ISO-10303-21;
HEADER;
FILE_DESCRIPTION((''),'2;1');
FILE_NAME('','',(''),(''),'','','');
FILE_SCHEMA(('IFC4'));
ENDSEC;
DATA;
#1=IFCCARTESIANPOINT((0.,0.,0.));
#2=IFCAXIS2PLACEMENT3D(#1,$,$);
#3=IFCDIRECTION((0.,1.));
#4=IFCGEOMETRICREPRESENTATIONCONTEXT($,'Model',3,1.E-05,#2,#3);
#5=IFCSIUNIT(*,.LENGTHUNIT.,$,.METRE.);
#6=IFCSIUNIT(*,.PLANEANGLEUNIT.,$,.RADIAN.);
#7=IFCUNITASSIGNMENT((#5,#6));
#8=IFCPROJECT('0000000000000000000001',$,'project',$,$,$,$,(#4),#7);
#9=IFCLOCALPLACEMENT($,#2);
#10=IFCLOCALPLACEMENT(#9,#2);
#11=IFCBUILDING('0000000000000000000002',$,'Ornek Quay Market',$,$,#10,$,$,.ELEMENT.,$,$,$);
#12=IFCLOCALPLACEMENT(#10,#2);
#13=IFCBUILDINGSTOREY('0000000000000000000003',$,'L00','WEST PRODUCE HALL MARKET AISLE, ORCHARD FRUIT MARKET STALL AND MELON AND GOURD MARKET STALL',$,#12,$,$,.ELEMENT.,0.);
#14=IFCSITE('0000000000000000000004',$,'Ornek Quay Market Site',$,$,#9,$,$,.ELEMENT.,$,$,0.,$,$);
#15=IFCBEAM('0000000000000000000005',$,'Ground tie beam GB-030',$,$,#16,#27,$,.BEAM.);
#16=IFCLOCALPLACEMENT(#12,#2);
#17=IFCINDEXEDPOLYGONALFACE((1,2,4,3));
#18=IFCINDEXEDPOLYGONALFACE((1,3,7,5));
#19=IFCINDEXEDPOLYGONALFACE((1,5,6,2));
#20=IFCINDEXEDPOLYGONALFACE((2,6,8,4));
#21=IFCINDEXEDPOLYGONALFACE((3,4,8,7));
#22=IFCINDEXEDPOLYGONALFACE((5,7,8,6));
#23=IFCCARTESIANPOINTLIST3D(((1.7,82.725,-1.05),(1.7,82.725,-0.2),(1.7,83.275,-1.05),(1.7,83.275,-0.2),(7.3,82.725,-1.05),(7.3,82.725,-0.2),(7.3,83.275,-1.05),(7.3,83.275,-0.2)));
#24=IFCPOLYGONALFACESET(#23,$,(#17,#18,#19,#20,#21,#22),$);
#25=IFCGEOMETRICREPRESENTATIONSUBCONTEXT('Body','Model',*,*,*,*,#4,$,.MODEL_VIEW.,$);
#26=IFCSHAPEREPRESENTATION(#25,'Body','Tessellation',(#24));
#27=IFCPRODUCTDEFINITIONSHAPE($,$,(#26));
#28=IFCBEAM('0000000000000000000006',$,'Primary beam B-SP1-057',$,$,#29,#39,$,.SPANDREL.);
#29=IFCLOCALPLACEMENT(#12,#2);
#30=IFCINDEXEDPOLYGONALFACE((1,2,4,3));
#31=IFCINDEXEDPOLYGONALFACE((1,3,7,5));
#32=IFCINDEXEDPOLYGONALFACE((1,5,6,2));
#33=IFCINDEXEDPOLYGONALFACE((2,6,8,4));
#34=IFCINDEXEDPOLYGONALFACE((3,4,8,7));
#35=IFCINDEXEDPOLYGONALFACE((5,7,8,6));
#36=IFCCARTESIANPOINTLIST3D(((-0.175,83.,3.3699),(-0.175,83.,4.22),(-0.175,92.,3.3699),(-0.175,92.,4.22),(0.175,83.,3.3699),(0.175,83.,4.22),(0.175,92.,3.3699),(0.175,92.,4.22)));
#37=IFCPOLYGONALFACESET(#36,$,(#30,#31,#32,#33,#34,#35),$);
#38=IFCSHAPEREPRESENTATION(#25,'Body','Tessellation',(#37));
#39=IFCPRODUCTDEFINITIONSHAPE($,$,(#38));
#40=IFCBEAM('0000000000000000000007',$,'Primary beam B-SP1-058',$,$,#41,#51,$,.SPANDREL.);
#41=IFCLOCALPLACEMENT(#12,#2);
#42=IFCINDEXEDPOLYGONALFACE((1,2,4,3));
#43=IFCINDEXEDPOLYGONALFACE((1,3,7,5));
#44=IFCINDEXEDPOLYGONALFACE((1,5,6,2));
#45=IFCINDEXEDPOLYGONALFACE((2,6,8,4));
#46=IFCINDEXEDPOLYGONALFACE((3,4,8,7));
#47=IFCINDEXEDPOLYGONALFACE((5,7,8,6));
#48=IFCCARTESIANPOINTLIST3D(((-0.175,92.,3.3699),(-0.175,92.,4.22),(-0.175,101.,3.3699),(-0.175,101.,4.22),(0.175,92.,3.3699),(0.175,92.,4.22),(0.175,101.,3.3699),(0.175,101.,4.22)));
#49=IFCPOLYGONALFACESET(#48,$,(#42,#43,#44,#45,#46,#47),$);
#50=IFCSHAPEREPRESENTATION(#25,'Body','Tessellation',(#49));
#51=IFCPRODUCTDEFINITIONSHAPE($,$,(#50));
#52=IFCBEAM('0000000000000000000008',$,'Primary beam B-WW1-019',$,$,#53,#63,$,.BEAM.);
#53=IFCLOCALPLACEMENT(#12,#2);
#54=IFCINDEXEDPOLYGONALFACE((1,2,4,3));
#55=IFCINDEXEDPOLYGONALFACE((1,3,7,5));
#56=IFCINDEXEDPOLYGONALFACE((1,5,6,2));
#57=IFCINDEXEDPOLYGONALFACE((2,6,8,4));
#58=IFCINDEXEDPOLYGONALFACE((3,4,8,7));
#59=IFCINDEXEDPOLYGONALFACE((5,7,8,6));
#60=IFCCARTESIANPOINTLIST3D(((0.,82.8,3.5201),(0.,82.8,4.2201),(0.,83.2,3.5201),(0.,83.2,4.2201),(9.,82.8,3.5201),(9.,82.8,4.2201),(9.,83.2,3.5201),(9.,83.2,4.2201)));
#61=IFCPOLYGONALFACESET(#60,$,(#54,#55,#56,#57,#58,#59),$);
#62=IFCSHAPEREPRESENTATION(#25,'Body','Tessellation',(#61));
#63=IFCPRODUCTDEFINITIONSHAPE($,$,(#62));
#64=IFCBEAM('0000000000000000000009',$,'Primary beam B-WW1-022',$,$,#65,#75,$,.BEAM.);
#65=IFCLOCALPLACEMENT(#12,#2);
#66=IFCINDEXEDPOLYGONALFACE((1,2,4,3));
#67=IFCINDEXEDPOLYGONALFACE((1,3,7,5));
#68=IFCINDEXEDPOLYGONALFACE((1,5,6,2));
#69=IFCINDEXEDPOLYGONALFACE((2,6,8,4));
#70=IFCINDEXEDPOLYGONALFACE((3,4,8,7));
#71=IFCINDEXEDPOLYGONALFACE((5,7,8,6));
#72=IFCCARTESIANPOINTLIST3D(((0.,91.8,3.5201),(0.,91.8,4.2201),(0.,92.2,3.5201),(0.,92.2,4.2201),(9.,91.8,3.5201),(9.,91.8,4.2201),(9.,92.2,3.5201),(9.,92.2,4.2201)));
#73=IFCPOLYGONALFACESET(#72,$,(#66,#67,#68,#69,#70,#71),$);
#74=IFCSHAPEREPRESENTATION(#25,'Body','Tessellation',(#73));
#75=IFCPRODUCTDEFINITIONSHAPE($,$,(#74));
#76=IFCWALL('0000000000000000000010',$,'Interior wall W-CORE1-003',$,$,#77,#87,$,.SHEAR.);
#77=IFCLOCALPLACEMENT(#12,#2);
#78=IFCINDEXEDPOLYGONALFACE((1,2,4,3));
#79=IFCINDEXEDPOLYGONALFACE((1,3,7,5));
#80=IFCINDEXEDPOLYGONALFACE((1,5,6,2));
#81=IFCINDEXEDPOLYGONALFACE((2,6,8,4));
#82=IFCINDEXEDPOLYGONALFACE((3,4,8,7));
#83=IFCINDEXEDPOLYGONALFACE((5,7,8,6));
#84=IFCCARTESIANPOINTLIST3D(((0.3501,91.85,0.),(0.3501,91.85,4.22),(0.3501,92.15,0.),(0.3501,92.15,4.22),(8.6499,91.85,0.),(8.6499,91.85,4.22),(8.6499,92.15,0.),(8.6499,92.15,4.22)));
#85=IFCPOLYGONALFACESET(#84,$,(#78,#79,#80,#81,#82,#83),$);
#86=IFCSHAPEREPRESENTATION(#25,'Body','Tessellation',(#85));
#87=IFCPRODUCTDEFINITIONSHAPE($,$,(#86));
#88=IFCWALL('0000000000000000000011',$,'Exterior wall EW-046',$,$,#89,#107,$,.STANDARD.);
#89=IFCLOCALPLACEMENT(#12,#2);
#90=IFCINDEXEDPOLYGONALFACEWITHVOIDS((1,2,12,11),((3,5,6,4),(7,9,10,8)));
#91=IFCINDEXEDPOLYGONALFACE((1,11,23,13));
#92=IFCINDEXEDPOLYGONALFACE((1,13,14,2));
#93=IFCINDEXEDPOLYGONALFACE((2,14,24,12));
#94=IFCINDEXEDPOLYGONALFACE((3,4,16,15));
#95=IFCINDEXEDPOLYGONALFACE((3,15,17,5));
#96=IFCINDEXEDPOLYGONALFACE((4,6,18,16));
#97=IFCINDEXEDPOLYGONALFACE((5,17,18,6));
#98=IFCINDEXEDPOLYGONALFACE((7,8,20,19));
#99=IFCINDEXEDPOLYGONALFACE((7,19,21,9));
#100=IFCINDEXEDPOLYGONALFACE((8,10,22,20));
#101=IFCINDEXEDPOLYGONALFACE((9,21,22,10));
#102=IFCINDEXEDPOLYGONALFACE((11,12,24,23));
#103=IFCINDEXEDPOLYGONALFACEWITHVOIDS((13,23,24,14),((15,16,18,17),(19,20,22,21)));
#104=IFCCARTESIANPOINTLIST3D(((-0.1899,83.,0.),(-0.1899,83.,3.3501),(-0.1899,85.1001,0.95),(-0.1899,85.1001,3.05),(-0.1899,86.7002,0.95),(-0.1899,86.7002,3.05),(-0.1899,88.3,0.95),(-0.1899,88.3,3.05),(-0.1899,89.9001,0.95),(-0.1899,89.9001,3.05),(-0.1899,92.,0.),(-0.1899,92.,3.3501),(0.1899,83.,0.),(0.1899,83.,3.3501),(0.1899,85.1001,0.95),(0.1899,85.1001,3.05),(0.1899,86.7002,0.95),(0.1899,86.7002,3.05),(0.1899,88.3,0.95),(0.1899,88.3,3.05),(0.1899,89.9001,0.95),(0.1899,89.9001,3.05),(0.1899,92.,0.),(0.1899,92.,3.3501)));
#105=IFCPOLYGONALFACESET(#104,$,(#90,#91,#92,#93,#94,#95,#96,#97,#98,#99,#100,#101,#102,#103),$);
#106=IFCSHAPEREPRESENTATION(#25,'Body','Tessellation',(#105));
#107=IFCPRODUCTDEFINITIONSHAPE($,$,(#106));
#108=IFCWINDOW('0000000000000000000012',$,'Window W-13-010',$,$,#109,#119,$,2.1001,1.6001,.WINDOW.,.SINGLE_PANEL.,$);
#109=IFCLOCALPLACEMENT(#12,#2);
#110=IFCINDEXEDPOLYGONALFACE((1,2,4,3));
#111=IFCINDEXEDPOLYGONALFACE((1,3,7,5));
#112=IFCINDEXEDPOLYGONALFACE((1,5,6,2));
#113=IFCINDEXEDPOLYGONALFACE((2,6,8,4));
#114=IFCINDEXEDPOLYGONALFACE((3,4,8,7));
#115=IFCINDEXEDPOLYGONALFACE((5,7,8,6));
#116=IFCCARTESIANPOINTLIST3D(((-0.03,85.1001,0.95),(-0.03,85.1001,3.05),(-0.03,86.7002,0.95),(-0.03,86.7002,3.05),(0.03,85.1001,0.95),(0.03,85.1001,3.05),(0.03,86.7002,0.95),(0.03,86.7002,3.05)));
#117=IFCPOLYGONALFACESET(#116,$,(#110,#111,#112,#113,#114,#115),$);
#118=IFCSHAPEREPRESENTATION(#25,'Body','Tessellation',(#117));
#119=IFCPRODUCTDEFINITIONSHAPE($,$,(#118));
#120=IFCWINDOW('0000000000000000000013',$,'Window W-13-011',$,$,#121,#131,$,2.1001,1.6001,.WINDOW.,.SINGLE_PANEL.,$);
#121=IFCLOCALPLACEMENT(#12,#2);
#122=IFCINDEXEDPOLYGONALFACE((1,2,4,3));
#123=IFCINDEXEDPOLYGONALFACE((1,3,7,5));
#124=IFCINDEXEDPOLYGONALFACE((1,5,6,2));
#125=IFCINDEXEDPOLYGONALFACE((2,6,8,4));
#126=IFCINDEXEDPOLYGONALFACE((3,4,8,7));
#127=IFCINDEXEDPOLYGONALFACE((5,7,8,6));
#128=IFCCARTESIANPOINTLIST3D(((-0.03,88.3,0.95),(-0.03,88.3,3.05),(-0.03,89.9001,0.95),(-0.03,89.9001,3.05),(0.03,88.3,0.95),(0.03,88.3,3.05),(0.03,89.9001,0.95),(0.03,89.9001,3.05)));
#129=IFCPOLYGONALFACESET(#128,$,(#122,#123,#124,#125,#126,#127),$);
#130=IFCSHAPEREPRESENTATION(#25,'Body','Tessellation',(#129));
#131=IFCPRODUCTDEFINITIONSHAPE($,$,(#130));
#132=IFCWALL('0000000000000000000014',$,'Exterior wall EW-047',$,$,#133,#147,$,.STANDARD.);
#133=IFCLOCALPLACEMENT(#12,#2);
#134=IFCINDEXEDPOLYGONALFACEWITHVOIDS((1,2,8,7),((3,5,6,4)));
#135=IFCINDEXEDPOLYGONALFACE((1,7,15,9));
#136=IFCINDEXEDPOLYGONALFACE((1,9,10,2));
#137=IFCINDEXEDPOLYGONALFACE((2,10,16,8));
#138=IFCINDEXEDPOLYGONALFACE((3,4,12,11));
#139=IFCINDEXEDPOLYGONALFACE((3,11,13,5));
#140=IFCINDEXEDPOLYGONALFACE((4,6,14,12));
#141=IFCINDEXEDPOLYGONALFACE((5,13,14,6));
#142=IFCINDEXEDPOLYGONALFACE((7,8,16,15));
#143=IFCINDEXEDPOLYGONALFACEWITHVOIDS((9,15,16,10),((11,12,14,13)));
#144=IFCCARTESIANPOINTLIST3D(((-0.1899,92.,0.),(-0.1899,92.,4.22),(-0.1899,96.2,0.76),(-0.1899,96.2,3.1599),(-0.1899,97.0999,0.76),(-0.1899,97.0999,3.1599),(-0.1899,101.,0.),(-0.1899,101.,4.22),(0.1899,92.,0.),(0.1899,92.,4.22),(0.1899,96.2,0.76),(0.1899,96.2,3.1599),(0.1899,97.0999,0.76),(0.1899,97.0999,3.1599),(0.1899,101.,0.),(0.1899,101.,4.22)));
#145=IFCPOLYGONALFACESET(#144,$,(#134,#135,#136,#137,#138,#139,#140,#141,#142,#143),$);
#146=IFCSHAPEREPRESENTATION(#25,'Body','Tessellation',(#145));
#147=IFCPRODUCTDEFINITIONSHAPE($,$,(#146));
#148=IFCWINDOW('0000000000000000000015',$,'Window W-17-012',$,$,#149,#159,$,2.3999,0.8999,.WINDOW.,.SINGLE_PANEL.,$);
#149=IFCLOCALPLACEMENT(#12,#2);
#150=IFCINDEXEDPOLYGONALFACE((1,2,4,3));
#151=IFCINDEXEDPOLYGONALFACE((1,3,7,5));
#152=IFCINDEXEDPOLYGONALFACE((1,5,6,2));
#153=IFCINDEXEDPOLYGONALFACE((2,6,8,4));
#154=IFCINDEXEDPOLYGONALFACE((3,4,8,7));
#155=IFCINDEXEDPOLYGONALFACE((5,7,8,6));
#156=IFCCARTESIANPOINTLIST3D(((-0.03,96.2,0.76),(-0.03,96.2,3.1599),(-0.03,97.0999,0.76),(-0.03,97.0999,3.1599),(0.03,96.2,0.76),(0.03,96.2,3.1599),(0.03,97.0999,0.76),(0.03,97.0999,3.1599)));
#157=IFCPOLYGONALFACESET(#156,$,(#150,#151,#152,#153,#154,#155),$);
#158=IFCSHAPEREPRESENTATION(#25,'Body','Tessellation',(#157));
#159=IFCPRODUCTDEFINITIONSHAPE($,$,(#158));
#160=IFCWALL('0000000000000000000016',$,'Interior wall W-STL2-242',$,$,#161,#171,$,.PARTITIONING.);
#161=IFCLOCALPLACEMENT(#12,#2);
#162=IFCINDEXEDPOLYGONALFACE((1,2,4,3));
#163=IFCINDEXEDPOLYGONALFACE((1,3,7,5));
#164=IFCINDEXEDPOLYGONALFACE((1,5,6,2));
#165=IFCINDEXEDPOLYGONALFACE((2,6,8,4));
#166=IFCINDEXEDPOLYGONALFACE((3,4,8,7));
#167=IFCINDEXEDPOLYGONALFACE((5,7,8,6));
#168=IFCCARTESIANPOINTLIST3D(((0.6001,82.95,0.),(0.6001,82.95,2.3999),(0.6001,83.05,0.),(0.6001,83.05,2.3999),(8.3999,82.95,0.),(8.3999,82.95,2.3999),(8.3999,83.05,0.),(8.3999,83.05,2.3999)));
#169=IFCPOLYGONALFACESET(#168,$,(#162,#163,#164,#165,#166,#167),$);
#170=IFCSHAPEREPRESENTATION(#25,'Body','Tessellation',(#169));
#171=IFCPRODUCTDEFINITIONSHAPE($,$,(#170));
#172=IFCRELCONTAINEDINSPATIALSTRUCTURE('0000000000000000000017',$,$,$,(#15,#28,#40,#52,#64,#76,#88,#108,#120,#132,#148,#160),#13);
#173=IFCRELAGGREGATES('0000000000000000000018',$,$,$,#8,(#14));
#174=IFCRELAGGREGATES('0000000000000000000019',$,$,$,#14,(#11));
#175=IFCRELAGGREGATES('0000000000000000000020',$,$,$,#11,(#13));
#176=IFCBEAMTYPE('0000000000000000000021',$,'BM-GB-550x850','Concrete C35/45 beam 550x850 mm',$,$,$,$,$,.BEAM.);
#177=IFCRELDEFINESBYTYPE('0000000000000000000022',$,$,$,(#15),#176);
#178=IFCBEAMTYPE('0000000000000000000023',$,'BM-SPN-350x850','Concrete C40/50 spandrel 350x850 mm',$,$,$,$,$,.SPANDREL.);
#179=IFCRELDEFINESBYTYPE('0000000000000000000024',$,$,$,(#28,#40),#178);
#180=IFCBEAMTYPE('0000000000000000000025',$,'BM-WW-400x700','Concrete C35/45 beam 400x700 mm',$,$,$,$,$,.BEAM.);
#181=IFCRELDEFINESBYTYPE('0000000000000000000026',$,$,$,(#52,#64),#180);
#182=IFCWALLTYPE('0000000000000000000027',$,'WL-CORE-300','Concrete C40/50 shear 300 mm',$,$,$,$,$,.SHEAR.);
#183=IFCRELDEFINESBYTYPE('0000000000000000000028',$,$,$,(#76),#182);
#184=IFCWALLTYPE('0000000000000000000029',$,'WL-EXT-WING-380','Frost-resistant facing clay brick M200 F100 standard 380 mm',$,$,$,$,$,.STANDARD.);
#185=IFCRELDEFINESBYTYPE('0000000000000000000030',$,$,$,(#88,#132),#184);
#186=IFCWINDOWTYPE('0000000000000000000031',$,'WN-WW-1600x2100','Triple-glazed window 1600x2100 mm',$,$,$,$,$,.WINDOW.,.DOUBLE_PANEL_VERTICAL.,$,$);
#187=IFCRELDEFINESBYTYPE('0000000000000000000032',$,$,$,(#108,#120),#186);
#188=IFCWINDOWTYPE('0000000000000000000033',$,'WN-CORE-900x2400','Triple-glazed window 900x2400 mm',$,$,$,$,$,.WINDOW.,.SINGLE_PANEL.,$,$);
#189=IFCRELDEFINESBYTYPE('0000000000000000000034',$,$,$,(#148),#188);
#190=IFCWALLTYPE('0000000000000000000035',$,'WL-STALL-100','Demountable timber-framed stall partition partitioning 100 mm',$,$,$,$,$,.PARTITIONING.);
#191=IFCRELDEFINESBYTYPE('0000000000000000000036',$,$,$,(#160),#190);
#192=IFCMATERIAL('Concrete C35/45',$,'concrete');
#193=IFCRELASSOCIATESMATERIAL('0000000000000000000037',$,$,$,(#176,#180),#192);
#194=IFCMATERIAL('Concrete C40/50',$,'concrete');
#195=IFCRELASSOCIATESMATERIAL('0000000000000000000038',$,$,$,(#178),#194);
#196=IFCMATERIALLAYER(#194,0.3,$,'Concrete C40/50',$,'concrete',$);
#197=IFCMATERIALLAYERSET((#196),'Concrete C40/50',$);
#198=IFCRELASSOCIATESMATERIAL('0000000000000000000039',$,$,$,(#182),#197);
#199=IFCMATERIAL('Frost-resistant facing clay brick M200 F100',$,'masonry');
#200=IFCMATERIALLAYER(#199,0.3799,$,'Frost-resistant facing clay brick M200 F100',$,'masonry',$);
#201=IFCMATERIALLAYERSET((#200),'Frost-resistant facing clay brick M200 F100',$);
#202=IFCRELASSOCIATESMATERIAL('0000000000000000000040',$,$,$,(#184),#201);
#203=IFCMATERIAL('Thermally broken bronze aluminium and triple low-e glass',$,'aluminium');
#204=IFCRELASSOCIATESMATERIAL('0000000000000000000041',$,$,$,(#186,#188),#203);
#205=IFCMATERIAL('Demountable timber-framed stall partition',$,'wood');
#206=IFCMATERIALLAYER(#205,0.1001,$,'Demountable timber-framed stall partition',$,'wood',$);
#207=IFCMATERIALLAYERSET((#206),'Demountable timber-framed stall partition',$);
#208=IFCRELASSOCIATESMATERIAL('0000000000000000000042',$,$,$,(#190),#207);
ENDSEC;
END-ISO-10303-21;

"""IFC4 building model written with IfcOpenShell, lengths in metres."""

from ifc_helpers import new_model, si_unit, direction, frame, frame_2d, origin, origin_2d, place, context, subcontext, project, spatial, rectangle, extrude, material, layer, layer_set, material_profile, profile_set, type_object, element, fill, save


model = new_model("IFC4")

# Units and contexts
model_context = context("Model", 3, precision=1e-05, world=origin(), true_north=direction((0.0, 1.0)))
body_context = subcontext(model_context, "Body", "Model", "MODEL_VIEW")
ifc_project = project(units=[si_unit("LENGTHUNIT", "METRE"), si_unit("PLANEANGLEUNIT", "RADIAN")], contexts=[model_context])

# Site, building, storey
site_placement = place(None, origin())
site = spatial("IfcSite", under=ifc_project, at=site_placement, Name="Ornek Quay Market Site", CompositionType="ELEMENT", RefElevation=0.0)
building_placement = place(site_placement, origin())
building = spatial("IfcBuilding", under=site, at=building_placement, Name="Ornek Quay Market", CompositionType="ELEMENT")
storey_placement = place(building_placement, origin())
storey = spatial("IfcBuildingStorey", under=building, at=storey_placement, Name="L00", Description="WEST PRODUCE HALL MARKET AISLE, ORCHARD FRUIT MARKET STALL AND MELON AND GOURD MARKET STALL", CompositionType="ELEMENT", Elevation=0.0)

# Shared definitions
ifc_material_1 = material(Name="Concrete C35/45", Category="concrete")

# Shared definitions
ifc_material_2 = material(Name="Concrete C40/50", Category="concrete")

# Beams
ifc_material_profile_1 = material_profile(ifc_material_1, rectangle(XDim=0.55, YDim=0.8501, at=origin_2d()), Name="RC 550x850", Category="concrete")
ifc_profile_set_1 = profile_set([ifc_material_profile_1], Name="Concrete C35/45")
beam_type_1 = type_object("IfcBeamType", Name="BM-GB-550x850", Description="Concrete C35/45 beam 550x850 mm", PredefinedType="BEAM", material=ifc_profile_set_1)
beam_placement = place(storey_placement, frame((1.7, 83.0, -0.625), z_axis=(1.0, 0.0, 0.0), x_axis=(0.0, 1.0, 0.0)))
element("IfcBeam", 1, at=beam_placement, inside=storey, type_object=beam_type_1, Name="Ground tie beam GB-030", PredefinedType="BEAM", context=body_context, shape_type="SweptSolid", body=[
    extrude(rectangle(XDim=0.55, YDim=0.8501, at=origin_2d()), origin(), (0.0, 0.0, 1.0), 5.6001),
])
ifc_material_profile_2 = material_profile(ifc_material_2, rectangle(XDim=0.3501, YDim=0.8501, at=origin_2d()), Name="RC 350x850", Category="concrete")
ifc_profile_set_2 = profile_set([ifc_material_profile_2], Name="Concrete C40/50")
beam_type_2 = type_object("IfcBeamType", Name="BM-SPN-350x850", Description="Concrete C40/50 spandrel 350x850 mm", PredefinedType="SPANDREL", material=ifc_profile_set_2)
for number, where, z_axis, x_axis, name in (
    (2, (0.0, 83.0, 3.7949), (0.0, 1.0, 0.0), (-1.0, 0.0, 0.0), "Primary beam B-SP1-057"),
    (3, (0.0, 92.0, 3.7949), (0.0, 1.0, 0.0), (-1.0, 0.0, 0.0), "Primary beam B-SP1-058"),
):
    element("IfcBeam", number, at=place(storey_placement, frame(where, z_axis=z_axis, x_axis=x_axis)), inside=storey, type_object=beam_type_2, Name=name, PredefinedType="SPANDREL", context=body_context, shape_type="SweptSolid", body=[
        extrude(rectangle(XDim=0.3501, YDim=0.8501, at=origin_2d()), origin(), (0.0, 0.0, 1.0), 9.0),
    ])
ifc_material_profile_3 = material_profile(ifc_material_1, rectangle(XDim=0.3999, YDim=0.7, at=origin_2d()), Name="RC 400x700", Category="concrete")
ifc_profile_set_3 = profile_set([ifc_material_profile_3], Name="Concrete C35/45")
beam_type_3 = type_object("IfcBeamType", Name="BM-WW-400x700", Description="Concrete C35/45 beam 400x700 mm", PredefinedType="BEAM", material=ifc_profile_set_3)
for number, where, z_axis, x_axis, name in (
    (4, (0.0, 83.0, 3.8701), (1.0, 0.0, 0.0), (0.0, 1.0, 0.0), "Primary beam B-WW1-019"),
    (5, (0.0, 92.0, 3.8701), (1.0, 0.0, 0.0), (0.0, 1.0, 0.0), "Primary beam B-WW1-022"),
):
    element("IfcBeam", number, at=place(storey_placement, frame(where, z_axis=z_axis, x_axis=x_axis)), inside=storey, type_object=beam_type_3, Name=name, PredefinedType="BEAM", context=body_context, shape_type="SweptSolid", body=[
        extrude(rectangle(XDim=0.3999, YDim=0.7, at=origin_2d()), origin(), (0.0, 0.0, 1.0), 9.0),
    ])

# Wall
ifc_layer_1 = layer(ifc_material_2, 0.3, Name="Concrete C40/50", Category="concrete")
ifc_layer_set_1 = layer_set([ifc_layer_1], Name="Concrete C40/50")
wall_type_1 = type_object("IfcWallType", Name="WL-CORE-300", Description="Concrete C40/50 shear 300 mm", PredefinedType="SHEAR", material=ifc_layer_set_1)
wall_1_placement = place(storey_placement, frame((0.3501, 92.0, 0.0), z_axis=(0.0, 0.0, 1.0), x_axis=(1.0, 0.0, 0.0)))
element("IfcWall", 6, at=wall_1_placement, inside=storey, type_object=wall_type_1, Name="Interior wall W-CORE1-003", PredefinedType="SHEAR", context=body_context, shape_type="SweptSolid", body=[
    extrude(rectangle(XDim=8.2998, YDim=0.3, at=frame_2d((4.1499, 0.0))), origin(), (0.0, 0.0, 1.0), 4.22),
])

# Wall, openings, windows
ifc_material_3 = material(Name="Frost-resistant facing clay brick M200 F100", Category="masonry")
ifc_layer_2 = layer(ifc_material_3, 0.3799, Name="Frost-resistant facing clay brick M200 F100", Category="masonry")
ifc_layer_set_2 = layer_set([ifc_layer_2], Name="Frost-resistant facing clay brick M200 F100")
wall_type_2 = type_object("IfcWallType", Name="WL-EXT-WING-380", Description="Frost-resistant facing clay brick M200 F100 standard 380 mm", PredefinedType="STANDARD", material=ifc_layer_set_2)
wall_2_placement = place(storey_placement, frame((0.0, 83.0, 0.0), z_axis=(0.0, 0.0, 1.0), x_axis=(0.0, 1.0, 0.0)))
wall_2 = element("IfcWall", 7, at=wall_2_placement, inside=storey, type_object=wall_type_2, Name="Exterior wall EW-046", PredefinedType="STANDARD", context=body_context, shape_type="SweptSolid", body=[
    extrude(rectangle(XDim=9.0, YDim=0.3799, at=frame_2d((4.5, 0.0))), origin(), (0.0, 0.0, 1.0), 3.3501),
])
opening_1_placement = place(wall_2_placement, frame((2.1001, 0.0, 0.95)))
opening_1 = element("IfcOpeningElement", 8, at=opening_1_placement, cuts=wall_2, PredefinedType="OPENING", context=body_context, shape_type="SweptSolid", body=[
    extrude(rectangle(XDim=1.6001, YDim=2.1001, at=frame_2d((0.8, 1.05))), frame((0.0, 0.2, 0.0), z_axis=(0.0, -1.0, 0.0), x_axis=(1.0, 0.0, 0.0)), (0.0, 0.0, 1.0), 0.3999),
])
opening_2_placement = place(wall_2_placement, frame((5.3, 0.0, 0.95)))
opening_2 = element("IfcOpeningElement", 9, at=opening_2_placement, cuts=wall_2, PredefinedType="OPENING", context=body_context, shape_type="SweptSolid", body=[
    extrude(rectangle(XDim=1.6001, YDim=2.1001, at=frame_2d((0.8, 1.05))), frame((0.0, 0.2, 0.0), z_axis=(0.0, -1.0, 0.0), x_axis=(1.0, 0.0, 0.0)), (0.0, 0.0, 1.0), 0.3999),
])
ifc_material_4 = material(Name="Thermally broken bronze aluminium and triple low-e glass", Category="aluminium")
window_type_1 = type_object("IfcWindowType", Name="WN-WW-1600x2100", Description="Triple-glazed window 1600x2100 mm", PartitioningType="DOUBLE_PANEL_VERTICAL", PredefinedType="WINDOW", material=ifc_material_4)
window_1_placement = place(opening_1_placement, origin())
window_1 = element("IfcWindow", 10, at=window_1_placement, inside=storey, type_object=window_type_1, Name="Window W-13-010", OverallHeight=2.1001, OverallWidth=1.6001, PartitioningType="SINGLE_PANEL", PredefinedType="WINDOW", context=body_context, shape_type="SweptSolid", body=[
    extrude(rectangle(XDim=1.6001, YDim=2.1001, at=frame_2d((0.8, 1.05))), frame((0.0, 0.03, 0.0), z_axis=(0.0, -1.0, 0.0), x_axis=(1.0, 0.0, 0.0)), (0.0, 0.0, 1.0), 0.0601),
])
fill(opening_1, window_1)
window_2_placement = place(opening_2_placement, origin())
window_2 = element("IfcWindow", 11, at=window_2_placement, inside=storey, type_object=window_type_1, Name="Window W-13-011", OverallHeight=2.1001, OverallWidth=1.6001, PartitioningType="SINGLE_PANEL", PredefinedType="WINDOW", context=body_context, shape_type="SweptSolid", body=[
    extrude(rectangle(XDim=1.6001, YDim=2.1001, at=frame_2d((0.8, 1.05))), frame((0.0, 0.03, 0.0), z_axis=(0.0, -1.0, 0.0), x_axis=(1.0, 0.0, 0.0)), (0.0, 0.0, 1.0), 0.0601),
])
fill(opening_2, window_2)

# Wall, opening, window
wall_3_placement = place(storey_placement, frame((0.0, 92.0, 0.0), z_axis=(0.0, 0.0, 1.0), x_axis=(0.0, 1.0, 0.0)))
wall_3 = element("IfcWall", 12, at=wall_3_placement, inside=storey, type_object=wall_type_2, Name="Exterior wall EW-047", PredefinedType="STANDARD", context=body_context, shape_type="SweptSolid", body=[
    extrude(rectangle(XDim=9.0, YDim=0.3799, at=frame_2d((4.5, 0.0))), origin(), (0.0, 0.0, 1.0), 4.22),
])
opening_3_placement = place(wall_3_placement, frame((4.2, 0.0, 0.76)))
opening_3 = element("IfcOpeningElement", 13, at=opening_3_placement, cuts=wall_3, PredefinedType="OPENING", context=body_context, shape_type="SweptSolid", body=[
    extrude(rectangle(XDim=0.8999, YDim=2.3999, at=frame_2d((0.45, 1.2))), frame((0.0, 0.2, 0.0), z_axis=(0.0, -1.0, 0.0), x_axis=(1.0, 0.0, 0.0)), (0.0, 0.0, 1.0), 0.3999),
])
window_type_2 = type_object("IfcWindowType", Name="WN-CORE-900x2400", Description="Triple-glazed window 900x2400 mm", PartitioningType="SINGLE_PANEL", PredefinedType="WINDOW", material=ifc_material_4)
window_3_placement = place(opening_3_placement, origin())
window_3 = element("IfcWindow", 14, at=window_3_placement, inside=storey, type_object=window_type_2, Name="Window W-17-012", OverallHeight=2.3999, OverallWidth=0.8999, PartitioningType="SINGLE_PANEL", PredefinedType="WINDOW", context=body_context, shape_type="SweptSolid", body=[
    extrude(rectangle(XDim=0.8999, YDim=2.3999, at=frame_2d((0.45, 1.2))), frame((0.0, 0.03, 0.0), z_axis=(0.0, -1.0, 0.0), x_axis=(1.0, 0.0, 0.0)), (0.0, 0.0, 1.0), 0.0601),
])
fill(opening_3, window_3)

# Wall
ifc_material_5 = material(Name="Demountable timber-framed stall partition", Category="wood")
ifc_layer_3 = layer(ifc_material_5, 0.1001, Name="Demountable timber-framed stall partition", Category="wood")
ifc_layer_set_3 = layer_set([ifc_layer_3], Name="Demountable timber-framed stall partition")
wall_type_3 = type_object("IfcWallType", Name="WL-STALL-100", Description="Demountable timber-framed stall partition partitioning 100 mm", PredefinedType="PARTITIONING", material=ifc_layer_set_3)
wall_4_placement = place(storey_placement, frame((0.6001, 83.0, 0.0), z_axis=(0.0, 0.0, 1.0), x_axis=(1.0, 0.0, 0.0)))
element("IfcWall", 15, at=wall_4_placement, inside=storey, type_object=wall_type_3, Name="Interior wall W-STL2-242", PredefinedType="PARTITIONING", context=body_context, shape_type="SweptSolid", body=[
    extrude(rectangle(XDim=7.7998, YDim=0.1001, at=frame_2d((3.8999, 0.0))), origin(), (0.0, 0.0, 1.0), 2.3999),
])

save(model, "model.ifc")
